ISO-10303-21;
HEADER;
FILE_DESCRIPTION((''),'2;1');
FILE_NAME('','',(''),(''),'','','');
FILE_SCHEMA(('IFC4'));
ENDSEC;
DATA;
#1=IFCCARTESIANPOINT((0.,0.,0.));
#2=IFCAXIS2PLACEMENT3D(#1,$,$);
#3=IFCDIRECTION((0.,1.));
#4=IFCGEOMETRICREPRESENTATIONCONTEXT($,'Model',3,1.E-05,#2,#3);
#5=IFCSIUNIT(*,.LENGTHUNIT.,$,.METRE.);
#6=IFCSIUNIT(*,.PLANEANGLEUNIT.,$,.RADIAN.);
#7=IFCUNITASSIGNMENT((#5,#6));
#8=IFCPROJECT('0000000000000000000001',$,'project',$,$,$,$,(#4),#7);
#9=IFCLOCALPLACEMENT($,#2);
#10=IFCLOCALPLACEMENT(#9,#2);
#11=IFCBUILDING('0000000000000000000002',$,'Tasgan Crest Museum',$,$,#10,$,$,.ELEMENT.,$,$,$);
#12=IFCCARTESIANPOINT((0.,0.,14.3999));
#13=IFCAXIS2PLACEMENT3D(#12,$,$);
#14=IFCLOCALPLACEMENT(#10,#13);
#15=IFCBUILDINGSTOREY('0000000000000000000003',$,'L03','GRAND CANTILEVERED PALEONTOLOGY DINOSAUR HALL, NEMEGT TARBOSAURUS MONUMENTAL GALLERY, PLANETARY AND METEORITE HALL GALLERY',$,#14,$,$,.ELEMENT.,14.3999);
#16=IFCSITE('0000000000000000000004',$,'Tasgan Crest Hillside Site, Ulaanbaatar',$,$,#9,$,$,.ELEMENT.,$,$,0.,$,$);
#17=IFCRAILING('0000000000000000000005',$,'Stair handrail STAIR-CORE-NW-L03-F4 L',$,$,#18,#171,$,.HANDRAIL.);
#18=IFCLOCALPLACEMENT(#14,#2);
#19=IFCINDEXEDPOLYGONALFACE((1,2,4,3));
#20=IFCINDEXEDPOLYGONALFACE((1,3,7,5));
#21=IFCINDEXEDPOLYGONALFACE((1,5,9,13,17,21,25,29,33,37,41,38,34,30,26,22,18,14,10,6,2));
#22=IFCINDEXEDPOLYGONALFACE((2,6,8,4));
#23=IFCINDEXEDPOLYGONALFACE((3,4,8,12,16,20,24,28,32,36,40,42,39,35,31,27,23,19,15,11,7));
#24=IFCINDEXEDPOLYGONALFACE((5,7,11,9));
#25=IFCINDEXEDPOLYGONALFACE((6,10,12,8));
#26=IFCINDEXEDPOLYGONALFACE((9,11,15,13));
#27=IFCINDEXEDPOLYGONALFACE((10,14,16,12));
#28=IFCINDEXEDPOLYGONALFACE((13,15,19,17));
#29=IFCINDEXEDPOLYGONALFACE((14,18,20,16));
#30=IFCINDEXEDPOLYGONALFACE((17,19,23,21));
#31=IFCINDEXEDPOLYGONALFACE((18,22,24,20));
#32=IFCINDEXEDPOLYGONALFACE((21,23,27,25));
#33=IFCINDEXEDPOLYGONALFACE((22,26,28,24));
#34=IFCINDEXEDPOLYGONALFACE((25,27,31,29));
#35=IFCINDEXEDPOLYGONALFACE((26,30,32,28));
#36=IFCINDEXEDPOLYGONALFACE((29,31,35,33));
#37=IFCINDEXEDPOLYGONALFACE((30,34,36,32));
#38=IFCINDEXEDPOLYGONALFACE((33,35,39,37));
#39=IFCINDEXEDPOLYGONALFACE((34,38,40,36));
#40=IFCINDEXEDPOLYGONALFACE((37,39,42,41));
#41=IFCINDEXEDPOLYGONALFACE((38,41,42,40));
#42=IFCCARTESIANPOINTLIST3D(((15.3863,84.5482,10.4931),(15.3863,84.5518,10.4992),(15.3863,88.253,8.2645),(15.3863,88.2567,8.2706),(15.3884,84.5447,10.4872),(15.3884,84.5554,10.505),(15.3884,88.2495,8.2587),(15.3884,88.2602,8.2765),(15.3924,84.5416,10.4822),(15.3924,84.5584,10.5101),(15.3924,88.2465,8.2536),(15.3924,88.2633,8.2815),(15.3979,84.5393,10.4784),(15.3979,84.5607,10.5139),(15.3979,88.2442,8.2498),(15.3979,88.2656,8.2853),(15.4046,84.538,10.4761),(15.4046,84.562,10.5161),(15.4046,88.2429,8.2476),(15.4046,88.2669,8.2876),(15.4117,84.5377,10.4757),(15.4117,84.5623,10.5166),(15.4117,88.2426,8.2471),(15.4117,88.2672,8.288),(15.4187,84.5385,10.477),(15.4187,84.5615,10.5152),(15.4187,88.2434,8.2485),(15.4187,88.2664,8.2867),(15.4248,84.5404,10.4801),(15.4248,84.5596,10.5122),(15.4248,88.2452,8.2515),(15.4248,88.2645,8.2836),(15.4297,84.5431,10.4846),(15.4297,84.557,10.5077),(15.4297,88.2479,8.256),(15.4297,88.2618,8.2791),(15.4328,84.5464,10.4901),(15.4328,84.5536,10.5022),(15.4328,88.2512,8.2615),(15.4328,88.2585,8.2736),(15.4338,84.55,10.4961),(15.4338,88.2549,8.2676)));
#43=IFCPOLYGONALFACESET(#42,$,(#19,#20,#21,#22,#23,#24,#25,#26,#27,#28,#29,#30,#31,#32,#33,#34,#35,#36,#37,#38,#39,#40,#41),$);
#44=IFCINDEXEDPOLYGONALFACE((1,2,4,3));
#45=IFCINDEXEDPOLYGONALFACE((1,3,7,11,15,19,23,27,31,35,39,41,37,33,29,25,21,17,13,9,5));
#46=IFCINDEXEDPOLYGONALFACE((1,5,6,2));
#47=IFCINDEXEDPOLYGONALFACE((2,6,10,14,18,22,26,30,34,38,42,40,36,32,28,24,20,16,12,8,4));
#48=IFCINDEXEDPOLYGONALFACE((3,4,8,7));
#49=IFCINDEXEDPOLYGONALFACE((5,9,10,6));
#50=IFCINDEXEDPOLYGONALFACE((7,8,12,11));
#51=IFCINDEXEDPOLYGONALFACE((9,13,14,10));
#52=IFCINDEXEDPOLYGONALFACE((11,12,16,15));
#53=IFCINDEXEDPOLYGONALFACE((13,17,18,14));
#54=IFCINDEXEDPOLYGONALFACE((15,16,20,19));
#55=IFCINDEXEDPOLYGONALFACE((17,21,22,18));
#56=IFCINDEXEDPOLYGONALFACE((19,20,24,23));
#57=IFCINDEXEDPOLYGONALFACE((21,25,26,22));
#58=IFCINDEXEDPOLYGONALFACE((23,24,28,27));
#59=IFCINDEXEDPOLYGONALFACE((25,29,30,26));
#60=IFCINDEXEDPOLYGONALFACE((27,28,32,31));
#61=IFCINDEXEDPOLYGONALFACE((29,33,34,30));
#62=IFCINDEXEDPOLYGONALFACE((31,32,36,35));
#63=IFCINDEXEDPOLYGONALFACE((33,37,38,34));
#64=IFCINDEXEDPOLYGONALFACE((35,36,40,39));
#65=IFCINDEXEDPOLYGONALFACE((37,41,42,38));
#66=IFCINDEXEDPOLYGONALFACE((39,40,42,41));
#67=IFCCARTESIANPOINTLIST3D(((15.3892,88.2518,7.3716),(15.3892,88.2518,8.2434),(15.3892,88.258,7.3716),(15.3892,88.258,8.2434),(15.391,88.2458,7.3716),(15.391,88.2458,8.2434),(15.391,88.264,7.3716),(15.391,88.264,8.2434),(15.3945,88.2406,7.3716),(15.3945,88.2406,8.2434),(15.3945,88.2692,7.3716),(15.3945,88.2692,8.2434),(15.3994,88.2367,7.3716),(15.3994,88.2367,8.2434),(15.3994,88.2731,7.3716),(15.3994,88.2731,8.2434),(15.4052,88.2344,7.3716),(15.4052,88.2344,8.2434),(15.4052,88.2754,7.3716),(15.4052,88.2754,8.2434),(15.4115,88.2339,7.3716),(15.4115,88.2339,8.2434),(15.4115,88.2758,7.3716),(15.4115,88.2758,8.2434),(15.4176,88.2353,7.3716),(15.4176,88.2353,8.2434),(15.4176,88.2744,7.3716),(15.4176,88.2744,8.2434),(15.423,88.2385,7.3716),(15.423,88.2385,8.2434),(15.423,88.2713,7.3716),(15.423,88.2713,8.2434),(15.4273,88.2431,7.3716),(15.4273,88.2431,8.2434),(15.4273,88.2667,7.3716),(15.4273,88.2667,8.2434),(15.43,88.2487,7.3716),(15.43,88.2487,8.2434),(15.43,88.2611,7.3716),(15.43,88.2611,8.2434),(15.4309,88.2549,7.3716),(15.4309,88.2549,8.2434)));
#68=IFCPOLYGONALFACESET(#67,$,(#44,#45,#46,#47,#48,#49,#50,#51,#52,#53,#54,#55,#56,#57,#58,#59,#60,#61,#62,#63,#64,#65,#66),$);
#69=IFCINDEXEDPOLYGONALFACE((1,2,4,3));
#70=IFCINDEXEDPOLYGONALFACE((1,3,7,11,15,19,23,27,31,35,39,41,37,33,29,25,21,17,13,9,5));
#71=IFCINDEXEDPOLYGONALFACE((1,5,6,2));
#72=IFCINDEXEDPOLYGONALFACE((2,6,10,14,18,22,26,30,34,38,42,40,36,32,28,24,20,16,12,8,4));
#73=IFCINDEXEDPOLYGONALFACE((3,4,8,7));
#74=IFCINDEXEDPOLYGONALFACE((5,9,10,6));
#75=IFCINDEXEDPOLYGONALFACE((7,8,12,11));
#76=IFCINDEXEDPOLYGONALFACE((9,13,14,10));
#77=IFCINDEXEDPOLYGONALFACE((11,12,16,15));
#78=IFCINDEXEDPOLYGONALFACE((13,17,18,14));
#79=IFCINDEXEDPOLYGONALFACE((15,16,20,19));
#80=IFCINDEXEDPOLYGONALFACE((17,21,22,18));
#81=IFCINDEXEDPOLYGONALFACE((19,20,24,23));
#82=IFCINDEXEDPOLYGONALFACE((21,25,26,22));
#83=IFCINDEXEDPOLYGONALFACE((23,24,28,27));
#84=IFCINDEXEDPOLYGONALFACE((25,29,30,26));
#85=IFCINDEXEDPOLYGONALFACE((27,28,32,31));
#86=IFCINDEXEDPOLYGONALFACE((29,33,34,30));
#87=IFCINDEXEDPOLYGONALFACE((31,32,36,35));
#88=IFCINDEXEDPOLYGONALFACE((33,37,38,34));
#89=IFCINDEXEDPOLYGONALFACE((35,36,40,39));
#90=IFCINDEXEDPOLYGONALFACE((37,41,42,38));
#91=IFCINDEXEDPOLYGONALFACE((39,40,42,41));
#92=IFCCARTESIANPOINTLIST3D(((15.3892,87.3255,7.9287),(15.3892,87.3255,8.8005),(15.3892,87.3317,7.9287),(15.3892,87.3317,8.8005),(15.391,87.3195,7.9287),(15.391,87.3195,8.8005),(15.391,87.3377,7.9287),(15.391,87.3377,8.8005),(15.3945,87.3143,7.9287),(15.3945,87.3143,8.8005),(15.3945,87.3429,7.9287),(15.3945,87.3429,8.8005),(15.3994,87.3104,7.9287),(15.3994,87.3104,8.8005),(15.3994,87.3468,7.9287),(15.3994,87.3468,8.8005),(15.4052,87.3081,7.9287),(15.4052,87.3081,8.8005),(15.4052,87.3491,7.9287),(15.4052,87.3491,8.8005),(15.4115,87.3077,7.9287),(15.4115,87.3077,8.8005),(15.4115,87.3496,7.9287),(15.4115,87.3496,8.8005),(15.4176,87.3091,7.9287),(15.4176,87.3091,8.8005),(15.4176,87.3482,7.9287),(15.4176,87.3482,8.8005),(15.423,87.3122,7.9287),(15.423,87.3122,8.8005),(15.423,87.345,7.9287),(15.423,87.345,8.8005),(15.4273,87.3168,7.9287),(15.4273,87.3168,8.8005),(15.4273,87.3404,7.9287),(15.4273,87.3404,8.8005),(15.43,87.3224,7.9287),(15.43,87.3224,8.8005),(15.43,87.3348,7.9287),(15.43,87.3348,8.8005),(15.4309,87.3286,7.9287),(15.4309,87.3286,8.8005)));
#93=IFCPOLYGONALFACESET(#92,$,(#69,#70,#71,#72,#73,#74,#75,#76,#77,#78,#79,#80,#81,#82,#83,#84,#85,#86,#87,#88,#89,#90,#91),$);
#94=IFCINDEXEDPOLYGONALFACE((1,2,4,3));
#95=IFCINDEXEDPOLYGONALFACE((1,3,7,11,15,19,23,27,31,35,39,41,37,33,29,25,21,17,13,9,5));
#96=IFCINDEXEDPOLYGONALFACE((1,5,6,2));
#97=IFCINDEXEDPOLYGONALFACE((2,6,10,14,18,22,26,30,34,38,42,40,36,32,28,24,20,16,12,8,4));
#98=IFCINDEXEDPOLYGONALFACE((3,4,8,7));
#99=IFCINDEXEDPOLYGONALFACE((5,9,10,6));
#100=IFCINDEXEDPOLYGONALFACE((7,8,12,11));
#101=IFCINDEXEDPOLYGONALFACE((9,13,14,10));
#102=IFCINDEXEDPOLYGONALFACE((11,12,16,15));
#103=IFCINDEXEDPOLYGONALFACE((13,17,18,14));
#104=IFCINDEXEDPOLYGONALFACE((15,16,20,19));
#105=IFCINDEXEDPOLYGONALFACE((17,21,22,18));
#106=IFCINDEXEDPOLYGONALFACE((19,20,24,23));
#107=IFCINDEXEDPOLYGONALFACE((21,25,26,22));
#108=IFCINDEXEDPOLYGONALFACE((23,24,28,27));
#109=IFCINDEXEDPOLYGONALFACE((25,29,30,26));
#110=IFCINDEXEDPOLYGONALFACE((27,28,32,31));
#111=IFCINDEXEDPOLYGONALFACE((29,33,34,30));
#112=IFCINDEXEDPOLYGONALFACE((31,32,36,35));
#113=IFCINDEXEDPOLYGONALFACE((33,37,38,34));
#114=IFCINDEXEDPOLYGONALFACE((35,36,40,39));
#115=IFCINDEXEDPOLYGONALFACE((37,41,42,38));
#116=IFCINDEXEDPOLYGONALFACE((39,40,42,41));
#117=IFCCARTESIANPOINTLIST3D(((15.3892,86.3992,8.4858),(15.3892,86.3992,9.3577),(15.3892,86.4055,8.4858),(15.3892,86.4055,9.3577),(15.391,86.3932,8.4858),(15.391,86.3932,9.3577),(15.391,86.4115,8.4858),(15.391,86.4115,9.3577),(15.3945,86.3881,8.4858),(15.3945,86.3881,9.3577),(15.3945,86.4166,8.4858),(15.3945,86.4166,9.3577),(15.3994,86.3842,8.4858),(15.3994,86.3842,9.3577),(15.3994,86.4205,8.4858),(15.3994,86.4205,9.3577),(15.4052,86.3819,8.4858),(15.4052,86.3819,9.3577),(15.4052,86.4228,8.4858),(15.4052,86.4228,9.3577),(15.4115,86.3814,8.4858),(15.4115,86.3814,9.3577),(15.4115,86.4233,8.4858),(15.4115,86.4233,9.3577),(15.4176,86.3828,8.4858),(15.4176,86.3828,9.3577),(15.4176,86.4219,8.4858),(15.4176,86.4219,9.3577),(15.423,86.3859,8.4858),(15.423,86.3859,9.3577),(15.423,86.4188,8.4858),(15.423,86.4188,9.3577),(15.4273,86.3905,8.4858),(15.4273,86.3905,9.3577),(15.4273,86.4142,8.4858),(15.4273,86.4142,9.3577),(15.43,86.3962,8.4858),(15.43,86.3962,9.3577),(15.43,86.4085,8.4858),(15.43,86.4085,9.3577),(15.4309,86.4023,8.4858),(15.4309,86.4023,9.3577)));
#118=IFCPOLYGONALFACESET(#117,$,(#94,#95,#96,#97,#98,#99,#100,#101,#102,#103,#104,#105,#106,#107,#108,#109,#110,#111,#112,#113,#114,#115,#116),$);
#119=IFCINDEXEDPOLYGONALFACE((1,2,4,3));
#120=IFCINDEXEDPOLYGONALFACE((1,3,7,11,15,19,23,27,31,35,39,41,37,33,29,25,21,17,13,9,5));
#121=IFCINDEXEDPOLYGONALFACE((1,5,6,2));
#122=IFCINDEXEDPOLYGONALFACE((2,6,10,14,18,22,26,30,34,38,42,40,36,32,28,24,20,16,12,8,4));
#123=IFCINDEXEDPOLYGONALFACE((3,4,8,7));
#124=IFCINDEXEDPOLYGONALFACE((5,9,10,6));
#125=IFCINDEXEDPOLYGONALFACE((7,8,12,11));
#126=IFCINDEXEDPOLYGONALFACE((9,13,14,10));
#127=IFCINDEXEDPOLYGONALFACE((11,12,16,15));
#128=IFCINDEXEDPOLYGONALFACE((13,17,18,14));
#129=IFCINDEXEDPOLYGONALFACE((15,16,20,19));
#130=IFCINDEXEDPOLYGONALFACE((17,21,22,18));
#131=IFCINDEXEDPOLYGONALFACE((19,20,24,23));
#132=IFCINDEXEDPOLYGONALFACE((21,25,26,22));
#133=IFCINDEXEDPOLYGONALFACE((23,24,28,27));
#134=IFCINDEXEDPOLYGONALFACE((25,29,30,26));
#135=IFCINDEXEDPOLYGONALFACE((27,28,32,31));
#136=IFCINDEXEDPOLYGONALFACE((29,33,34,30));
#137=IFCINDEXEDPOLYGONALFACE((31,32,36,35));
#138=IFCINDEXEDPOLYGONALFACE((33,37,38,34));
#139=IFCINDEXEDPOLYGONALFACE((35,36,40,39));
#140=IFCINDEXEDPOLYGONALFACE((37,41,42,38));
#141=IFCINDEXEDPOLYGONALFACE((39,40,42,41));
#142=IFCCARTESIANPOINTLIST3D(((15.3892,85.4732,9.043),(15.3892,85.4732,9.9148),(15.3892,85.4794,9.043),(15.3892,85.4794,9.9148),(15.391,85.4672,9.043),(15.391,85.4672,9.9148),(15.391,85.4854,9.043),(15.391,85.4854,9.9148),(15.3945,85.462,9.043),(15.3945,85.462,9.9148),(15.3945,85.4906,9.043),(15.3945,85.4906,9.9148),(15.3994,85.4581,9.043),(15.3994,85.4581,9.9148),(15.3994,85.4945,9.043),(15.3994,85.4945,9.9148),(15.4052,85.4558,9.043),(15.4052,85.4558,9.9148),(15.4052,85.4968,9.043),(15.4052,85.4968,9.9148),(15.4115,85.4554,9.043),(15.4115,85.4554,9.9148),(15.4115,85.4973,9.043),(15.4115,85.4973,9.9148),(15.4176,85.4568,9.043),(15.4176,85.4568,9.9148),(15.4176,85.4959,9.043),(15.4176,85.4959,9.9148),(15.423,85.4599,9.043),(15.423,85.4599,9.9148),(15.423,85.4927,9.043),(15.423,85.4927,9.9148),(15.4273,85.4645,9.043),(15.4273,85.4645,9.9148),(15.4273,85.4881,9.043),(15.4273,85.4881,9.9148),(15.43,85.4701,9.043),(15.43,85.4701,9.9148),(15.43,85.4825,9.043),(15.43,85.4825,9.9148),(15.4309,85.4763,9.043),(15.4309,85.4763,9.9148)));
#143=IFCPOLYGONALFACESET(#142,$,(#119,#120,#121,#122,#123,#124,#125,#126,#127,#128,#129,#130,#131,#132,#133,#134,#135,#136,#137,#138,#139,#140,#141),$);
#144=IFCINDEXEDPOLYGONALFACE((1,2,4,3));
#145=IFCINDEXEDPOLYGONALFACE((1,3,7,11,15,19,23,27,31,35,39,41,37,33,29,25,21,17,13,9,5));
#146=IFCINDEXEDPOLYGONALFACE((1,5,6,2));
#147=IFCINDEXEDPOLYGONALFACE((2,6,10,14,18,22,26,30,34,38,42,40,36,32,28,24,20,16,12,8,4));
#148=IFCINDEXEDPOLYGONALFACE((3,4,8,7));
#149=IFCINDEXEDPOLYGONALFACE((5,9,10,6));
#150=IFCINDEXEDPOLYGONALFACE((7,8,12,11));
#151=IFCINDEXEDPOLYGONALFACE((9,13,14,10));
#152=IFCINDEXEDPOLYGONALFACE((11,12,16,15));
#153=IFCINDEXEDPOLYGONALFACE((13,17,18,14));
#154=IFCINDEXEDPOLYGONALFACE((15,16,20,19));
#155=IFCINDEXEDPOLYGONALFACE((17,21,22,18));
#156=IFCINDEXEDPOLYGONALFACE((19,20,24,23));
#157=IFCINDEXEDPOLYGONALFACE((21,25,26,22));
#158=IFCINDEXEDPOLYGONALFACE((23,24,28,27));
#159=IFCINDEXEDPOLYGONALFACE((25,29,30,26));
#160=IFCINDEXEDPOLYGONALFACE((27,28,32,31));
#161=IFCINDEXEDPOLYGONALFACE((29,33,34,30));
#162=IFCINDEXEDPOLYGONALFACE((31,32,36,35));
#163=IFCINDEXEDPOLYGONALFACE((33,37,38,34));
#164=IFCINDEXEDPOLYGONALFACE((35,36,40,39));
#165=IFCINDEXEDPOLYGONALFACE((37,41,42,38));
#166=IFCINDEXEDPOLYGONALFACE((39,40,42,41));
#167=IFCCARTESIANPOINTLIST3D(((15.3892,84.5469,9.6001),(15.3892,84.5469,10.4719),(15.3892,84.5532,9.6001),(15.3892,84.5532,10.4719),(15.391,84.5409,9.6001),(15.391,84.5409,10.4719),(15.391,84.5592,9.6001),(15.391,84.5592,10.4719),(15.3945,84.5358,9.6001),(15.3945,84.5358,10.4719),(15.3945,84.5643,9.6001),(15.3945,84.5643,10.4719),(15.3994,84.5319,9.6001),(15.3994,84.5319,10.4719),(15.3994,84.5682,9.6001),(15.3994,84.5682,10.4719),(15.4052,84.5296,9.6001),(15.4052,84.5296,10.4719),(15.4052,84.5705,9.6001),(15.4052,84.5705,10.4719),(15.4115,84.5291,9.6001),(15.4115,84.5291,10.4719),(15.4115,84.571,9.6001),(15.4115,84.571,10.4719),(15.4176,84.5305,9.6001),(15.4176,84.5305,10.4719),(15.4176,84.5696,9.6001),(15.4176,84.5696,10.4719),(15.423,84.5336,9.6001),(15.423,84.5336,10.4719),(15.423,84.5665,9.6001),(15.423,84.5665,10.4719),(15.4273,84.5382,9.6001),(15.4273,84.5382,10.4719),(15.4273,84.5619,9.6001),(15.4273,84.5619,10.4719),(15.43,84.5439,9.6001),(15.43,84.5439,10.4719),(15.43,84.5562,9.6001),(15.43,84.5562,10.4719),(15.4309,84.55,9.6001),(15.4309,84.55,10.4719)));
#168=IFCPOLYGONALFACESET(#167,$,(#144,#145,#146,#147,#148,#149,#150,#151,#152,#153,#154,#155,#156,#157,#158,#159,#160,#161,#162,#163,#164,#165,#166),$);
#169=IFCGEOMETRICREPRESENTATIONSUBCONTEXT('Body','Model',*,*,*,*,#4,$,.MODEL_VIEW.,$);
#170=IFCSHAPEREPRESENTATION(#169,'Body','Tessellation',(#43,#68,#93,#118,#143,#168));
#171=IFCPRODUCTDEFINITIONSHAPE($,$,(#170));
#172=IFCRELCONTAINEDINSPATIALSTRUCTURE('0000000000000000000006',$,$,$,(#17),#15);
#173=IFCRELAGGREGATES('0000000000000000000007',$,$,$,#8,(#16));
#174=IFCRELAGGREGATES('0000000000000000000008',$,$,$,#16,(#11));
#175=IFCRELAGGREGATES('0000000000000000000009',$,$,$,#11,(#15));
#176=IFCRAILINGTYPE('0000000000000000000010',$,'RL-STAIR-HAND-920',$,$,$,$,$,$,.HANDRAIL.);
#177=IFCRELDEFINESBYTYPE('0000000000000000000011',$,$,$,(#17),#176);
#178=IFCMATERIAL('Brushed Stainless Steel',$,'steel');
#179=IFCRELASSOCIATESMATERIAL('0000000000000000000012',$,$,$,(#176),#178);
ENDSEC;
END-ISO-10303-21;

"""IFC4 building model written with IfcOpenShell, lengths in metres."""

from ifc_helpers import new_model, si_unit, direction, frame, origin, origin_2d, place, context, subcontext, project, spatial, circle, extrude, material, type_object, element, save


model = new_model("IFC4")

# Units and contexts
model_context = context("Model", 3, precision=1e-05, world=origin(), true_north=direction((0.0, 1.0)))
body_context = subcontext(model_context, "Body", "Model", "MODEL_VIEW")
ifc_project = project(units=[si_unit("LENGTHUNIT", "METRE"), si_unit("PLANEANGLEUNIT", "RADIAN")], contexts=[model_context])

# Site, building, storey
site_placement = place(None, origin())
site = spatial("IfcSite", under=ifc_project, at=site_placement, Name="Tasgan Crest Hillside Site, Ulaanbaatar", CompositionType="ELEMENT", RefElevation=0.0)
building_placement = place(site_placement, origin())
building = spatial("IfcBuilding", under=site, at=building_placement, Name="Tasgan Crest Museum", CompositionType="ELEMENT")
storey_placement = place(building_placement, frame((0.0, 0.0, 14.3999)))
storey = spatial("IfcBuildingStorey", under=building, at=storey_placement, Name="L03", Description="GRAND CANTILEVERED PALEONTOLOGY DINOSAUR HALL, NEMEGT TARBOSAURUS MONUMENTAL GALLERY, PLANETARY AND METEORITE HALL GALLERY", CompositionType="ELEMENT", Elevation=14.3999)

# Railing
ifc_material_1 = material(Name="Brushed Stainless Steel", Category="steel")
railing_type_1 = type_object("IfcRailingType", Name="RL-STAIR-HAND-920", PredefinedType="HANDRAIL", material=ifc_material_1)
for number, where, name in (
    (1, (15.4099, 88.2549, 7.3716), "Stair handrail STAIR-CORE-NW-L03-F4 L"),
):
    element("IfcRailing", number, at=place(storey_placement, frame(where)), inside=storey, type_object=railing_type_1, Name=name, PredefinedType="HANDRAIL", context=body_context, shape_type="SweptSolid", body=[
        extrude(circle(Radius=0.0239, at=origin_2d()), frame((0.0, 0.0, 0.896), z_axis=(0.0, -0.856919, 0.51545), x_axis=(1.0, 0.0, 0.0)), (0.0, 0.0, 1.0), 4.3235),
        extrude(circle(Radius=0.021, at=origin_2d()), origin(), (0.0, 0.0, 1.0), 0.8718),
        extrude(circle(Radius=0.021, at=origin_2d()), frame((0.0, -0.9263, 0.5571)), (0.0, 0.0, 1.0), 0.8718),
        extrude(circle(Radius=0.021, at=origin_2d()), frame((0.0, -1.8525, 1.1143)), (0.0, 0.0, 1.0), 0.8718),
        extrude(circle(Radius=0.021, at=origin_2d()), frame((0.0, -2.7786, 1.6714)), (0.0, 0.0, 1.0), 0.8718),
        extrude(circle(Radius=0.021, at=origin_2d()), frame((0.0, -3.7048, 2.2285)), (0.0, 0.0, 1.0), 0.8718),
    ])

save(model, "model.ifc")
